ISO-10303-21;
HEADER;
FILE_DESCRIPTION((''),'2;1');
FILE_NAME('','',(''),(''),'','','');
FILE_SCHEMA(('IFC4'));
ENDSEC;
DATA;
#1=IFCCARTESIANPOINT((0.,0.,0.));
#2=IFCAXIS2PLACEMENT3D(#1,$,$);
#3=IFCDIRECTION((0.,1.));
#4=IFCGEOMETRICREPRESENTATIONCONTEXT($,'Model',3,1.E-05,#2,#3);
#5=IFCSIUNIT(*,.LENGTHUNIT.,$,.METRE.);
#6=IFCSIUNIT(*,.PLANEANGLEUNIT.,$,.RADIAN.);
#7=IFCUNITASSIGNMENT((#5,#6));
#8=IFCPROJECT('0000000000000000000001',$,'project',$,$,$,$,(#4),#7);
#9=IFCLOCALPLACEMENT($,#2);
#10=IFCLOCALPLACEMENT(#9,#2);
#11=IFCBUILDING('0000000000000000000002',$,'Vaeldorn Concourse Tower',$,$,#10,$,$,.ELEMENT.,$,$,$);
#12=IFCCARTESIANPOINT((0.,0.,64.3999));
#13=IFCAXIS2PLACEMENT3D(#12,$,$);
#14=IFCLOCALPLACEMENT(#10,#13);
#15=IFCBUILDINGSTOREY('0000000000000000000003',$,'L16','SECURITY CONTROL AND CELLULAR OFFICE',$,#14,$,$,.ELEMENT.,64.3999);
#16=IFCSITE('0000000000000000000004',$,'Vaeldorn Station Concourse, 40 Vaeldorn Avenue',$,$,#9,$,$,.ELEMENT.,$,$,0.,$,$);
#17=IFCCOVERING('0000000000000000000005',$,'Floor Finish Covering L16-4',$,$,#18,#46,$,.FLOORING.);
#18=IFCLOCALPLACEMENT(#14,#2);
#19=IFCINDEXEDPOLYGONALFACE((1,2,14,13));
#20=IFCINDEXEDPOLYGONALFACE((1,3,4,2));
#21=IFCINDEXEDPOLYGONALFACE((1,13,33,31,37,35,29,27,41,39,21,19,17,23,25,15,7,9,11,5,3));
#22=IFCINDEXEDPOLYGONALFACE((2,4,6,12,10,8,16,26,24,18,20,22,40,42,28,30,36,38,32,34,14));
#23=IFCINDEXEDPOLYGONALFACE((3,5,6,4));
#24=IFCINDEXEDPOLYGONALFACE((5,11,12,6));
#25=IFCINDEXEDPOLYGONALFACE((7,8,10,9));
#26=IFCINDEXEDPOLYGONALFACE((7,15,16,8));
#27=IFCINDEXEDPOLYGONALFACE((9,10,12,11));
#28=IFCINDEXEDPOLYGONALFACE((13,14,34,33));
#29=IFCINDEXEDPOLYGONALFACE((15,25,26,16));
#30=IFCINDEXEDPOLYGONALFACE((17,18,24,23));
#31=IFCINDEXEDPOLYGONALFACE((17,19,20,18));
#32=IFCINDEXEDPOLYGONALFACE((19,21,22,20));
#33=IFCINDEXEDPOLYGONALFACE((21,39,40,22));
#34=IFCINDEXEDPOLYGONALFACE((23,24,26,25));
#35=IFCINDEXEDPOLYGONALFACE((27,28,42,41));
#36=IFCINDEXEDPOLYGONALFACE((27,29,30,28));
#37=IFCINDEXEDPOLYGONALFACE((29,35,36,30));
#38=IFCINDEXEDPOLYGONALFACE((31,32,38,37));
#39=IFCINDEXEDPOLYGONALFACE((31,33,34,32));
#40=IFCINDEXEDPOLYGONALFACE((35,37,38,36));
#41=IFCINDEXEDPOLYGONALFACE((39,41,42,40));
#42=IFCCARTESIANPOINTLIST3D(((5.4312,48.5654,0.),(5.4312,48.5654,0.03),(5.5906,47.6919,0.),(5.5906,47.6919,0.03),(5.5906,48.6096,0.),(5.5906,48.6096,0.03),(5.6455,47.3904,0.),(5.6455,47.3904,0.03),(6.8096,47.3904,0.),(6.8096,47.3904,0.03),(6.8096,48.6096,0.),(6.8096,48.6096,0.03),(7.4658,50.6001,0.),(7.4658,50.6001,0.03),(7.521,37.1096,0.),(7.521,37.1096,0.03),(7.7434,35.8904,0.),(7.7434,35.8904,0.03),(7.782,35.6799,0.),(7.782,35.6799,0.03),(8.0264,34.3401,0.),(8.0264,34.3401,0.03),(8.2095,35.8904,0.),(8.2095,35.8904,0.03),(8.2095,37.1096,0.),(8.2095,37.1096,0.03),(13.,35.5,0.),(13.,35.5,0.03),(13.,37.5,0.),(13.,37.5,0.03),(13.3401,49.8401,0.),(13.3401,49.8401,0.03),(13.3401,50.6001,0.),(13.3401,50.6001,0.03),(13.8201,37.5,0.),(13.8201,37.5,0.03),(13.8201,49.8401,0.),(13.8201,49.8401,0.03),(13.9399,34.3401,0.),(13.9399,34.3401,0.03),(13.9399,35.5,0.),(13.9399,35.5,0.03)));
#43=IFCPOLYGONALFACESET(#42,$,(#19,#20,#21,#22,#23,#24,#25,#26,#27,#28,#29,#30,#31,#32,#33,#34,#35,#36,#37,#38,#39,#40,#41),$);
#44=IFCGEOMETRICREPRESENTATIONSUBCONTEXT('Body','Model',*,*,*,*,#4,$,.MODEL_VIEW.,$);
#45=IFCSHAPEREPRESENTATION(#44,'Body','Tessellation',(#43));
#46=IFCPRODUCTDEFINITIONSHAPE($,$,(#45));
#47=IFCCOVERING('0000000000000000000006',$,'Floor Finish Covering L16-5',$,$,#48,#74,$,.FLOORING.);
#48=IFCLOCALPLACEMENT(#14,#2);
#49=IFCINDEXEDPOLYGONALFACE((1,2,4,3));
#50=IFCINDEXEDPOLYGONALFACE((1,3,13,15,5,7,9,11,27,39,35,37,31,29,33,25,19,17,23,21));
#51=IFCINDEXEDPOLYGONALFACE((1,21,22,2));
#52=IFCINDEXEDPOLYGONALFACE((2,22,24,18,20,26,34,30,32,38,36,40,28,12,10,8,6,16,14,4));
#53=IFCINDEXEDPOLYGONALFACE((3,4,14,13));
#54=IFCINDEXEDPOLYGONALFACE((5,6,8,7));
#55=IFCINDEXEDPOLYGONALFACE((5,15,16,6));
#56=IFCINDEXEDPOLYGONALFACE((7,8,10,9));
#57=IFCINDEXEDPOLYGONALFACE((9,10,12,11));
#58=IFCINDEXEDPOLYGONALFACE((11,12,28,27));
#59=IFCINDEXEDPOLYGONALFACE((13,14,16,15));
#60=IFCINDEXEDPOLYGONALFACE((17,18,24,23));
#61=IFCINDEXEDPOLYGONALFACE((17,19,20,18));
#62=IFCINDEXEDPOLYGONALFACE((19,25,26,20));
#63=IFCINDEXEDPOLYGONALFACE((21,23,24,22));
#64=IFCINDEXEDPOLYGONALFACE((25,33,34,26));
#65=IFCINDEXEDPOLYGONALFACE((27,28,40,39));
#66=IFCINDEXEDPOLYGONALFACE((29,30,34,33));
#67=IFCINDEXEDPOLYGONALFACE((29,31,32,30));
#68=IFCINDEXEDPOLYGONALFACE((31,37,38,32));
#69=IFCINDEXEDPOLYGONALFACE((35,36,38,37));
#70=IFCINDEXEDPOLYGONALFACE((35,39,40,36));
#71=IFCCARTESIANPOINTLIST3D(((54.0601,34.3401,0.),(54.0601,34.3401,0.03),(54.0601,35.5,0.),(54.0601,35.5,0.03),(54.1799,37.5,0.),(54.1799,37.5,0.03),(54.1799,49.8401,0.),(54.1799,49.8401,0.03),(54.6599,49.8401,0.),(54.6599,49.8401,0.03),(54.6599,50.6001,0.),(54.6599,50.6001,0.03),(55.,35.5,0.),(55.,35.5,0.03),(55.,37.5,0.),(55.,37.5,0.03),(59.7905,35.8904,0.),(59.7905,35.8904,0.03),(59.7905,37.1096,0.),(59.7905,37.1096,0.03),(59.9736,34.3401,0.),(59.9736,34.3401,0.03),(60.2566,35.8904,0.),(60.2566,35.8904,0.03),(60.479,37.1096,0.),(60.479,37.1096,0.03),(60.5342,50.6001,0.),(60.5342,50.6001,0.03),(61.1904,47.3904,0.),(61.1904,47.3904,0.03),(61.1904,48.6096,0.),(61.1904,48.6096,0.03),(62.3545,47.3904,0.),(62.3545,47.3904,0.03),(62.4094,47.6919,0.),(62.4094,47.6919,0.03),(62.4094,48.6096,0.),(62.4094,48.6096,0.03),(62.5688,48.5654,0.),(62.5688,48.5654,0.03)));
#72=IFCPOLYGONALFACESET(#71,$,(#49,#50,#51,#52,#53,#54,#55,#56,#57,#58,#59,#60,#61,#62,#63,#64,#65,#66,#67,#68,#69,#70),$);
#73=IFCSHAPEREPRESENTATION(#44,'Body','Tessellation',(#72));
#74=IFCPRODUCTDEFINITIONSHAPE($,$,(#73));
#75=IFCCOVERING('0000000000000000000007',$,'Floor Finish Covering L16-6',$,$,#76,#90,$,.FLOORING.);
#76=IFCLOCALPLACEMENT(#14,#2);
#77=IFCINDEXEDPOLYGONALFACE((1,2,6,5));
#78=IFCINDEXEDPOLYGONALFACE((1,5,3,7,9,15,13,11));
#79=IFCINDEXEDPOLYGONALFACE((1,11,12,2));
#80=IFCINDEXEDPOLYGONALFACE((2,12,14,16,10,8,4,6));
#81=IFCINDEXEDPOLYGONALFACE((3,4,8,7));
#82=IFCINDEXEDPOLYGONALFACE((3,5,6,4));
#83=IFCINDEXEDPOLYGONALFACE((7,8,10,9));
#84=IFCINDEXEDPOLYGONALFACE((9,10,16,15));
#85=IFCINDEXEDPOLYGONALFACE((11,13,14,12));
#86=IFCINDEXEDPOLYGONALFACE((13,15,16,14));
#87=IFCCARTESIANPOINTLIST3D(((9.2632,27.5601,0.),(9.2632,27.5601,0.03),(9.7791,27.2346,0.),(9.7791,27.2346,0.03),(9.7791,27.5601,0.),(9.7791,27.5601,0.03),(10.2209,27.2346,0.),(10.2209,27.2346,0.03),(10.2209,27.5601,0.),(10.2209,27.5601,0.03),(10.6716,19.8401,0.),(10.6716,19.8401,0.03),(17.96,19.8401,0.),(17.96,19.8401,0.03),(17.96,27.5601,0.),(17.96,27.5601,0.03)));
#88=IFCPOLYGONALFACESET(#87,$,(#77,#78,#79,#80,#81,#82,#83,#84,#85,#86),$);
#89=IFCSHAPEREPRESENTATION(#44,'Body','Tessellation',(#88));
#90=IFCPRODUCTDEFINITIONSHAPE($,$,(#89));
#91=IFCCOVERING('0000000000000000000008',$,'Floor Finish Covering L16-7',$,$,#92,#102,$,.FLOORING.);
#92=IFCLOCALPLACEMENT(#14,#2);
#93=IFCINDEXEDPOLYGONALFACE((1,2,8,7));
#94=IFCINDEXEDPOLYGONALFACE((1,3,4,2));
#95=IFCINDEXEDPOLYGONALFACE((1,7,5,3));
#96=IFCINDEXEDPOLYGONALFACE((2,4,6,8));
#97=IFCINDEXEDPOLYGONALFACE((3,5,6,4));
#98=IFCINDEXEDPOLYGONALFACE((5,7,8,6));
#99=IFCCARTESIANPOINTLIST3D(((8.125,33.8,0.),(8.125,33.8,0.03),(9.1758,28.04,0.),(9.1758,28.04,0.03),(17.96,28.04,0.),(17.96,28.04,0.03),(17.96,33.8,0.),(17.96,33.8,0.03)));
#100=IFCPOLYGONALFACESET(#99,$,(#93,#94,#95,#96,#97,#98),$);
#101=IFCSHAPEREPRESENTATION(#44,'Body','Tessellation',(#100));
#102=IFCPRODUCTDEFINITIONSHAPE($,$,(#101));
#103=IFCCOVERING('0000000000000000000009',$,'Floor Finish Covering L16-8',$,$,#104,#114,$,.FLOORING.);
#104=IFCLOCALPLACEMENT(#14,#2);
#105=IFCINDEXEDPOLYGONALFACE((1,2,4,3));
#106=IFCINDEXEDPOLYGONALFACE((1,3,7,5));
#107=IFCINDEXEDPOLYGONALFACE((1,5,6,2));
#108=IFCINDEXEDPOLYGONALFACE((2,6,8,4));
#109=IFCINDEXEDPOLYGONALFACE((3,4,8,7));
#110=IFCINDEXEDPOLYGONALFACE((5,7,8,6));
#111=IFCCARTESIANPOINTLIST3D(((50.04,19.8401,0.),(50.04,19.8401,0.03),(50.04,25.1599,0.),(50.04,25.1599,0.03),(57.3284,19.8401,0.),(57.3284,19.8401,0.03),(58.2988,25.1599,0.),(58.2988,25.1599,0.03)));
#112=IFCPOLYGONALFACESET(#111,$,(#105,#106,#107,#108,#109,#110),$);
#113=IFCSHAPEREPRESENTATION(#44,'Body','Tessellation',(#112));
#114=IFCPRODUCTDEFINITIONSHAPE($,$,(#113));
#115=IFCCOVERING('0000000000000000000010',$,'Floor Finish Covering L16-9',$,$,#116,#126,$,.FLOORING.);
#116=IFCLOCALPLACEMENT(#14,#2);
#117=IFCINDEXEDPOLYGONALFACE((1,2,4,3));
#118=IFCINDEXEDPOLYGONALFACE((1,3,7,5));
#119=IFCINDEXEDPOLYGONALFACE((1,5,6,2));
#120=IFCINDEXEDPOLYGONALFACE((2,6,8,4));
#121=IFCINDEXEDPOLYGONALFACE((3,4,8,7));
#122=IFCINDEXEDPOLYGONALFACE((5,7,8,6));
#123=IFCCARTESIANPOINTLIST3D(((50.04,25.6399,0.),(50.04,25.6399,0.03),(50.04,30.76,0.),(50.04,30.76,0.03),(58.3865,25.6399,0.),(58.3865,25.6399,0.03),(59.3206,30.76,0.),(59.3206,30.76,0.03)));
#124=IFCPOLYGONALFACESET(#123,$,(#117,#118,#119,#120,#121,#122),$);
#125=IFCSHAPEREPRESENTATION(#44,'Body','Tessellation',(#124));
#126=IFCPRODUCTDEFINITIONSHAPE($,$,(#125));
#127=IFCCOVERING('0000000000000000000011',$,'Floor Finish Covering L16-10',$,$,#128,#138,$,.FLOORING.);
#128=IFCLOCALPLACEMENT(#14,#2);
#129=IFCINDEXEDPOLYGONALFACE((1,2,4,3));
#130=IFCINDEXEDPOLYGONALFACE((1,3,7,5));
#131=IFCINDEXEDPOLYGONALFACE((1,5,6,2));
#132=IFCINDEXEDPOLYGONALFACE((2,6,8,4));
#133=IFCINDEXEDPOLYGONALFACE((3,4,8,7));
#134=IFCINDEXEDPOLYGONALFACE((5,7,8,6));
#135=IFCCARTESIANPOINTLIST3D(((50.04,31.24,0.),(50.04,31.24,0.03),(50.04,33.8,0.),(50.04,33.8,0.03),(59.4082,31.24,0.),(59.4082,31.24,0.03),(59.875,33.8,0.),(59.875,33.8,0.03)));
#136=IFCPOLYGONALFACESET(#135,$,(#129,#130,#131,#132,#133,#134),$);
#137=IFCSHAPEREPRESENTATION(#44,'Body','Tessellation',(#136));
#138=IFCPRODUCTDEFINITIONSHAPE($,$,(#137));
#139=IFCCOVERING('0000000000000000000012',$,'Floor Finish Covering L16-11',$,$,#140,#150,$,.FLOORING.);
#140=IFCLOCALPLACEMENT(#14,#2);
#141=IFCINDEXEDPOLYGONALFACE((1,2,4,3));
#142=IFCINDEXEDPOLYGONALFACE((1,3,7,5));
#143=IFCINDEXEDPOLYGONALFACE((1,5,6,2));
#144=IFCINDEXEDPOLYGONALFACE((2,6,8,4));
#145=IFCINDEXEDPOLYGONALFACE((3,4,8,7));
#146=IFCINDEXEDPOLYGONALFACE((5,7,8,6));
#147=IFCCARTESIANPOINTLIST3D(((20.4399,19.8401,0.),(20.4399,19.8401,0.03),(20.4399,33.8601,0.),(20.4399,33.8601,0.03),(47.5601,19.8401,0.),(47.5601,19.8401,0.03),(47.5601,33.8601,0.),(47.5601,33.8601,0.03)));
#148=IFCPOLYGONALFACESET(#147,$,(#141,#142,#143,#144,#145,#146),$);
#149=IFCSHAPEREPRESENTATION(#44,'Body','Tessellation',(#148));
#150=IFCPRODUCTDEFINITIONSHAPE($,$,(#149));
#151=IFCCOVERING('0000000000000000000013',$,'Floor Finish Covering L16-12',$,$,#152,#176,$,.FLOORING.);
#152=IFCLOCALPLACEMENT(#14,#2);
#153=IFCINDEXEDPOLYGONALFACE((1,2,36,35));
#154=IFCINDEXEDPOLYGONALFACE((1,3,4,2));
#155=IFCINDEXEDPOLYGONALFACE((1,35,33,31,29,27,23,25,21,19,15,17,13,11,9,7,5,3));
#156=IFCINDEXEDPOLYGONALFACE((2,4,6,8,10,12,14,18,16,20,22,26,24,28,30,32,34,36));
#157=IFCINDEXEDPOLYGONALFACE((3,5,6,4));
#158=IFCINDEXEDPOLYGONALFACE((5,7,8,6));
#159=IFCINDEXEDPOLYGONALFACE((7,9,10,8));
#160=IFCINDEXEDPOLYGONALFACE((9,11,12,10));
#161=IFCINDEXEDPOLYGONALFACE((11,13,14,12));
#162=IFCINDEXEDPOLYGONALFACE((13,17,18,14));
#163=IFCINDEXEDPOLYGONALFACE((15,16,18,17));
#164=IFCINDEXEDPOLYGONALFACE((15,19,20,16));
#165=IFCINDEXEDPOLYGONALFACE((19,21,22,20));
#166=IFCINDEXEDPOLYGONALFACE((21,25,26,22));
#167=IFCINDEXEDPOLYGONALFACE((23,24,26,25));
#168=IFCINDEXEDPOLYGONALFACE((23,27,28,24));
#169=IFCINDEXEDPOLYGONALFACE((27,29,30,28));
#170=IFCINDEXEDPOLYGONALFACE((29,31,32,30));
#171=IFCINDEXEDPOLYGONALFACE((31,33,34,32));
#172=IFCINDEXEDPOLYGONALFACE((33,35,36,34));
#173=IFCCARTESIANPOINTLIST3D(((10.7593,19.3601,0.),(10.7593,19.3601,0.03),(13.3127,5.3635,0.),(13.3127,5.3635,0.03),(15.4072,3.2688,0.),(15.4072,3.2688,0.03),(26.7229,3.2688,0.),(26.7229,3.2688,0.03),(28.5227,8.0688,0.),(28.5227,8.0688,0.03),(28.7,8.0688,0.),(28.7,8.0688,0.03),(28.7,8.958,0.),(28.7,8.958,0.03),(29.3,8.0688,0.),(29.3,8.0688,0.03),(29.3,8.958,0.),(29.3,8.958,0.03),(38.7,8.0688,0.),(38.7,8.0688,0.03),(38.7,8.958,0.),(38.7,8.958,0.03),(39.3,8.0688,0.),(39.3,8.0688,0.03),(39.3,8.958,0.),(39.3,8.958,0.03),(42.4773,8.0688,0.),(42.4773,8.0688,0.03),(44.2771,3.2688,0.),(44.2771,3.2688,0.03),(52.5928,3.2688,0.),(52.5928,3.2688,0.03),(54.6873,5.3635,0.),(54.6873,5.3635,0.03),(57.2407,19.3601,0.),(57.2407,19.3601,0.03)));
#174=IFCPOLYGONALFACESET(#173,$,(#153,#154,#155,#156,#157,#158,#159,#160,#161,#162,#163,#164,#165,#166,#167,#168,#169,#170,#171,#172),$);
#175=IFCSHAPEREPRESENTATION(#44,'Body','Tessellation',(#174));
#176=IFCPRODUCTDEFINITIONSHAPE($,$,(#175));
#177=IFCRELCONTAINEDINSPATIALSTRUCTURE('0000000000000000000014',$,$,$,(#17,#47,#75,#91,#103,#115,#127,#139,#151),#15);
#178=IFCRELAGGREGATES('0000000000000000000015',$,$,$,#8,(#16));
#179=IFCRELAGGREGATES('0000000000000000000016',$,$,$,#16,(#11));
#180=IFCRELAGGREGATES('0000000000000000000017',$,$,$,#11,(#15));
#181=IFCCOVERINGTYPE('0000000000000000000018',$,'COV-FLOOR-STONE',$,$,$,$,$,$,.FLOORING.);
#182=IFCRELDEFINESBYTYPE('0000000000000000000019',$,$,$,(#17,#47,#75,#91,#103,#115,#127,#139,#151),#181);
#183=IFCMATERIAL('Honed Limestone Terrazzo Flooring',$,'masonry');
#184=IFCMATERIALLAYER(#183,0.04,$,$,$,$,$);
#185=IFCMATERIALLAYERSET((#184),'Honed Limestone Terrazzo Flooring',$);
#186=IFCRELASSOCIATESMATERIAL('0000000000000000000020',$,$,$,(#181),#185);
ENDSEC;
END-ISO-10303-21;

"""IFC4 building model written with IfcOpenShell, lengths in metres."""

from ifc_helpers import new_model, si_unit, direction, frame, origin, place, context, subcontext, project, spatial, polyline, outline, extrude, material, layer, layer_set, type_object, element, save


model = new_model("IFC4")

# Units and contexts
model_context = context("Model", 3, precision=1e-05, world=origin(), true_north=direction((0.0, 1.0)))
body_context = subcontext(model_context, "Body", "Model", "MODEL_VIEW")
ifc_project = project(units=[si_unit("LENGTHUNIT", "METRE"), si_unit("PLANEANGLEUNIT", "RADIAN")], contexts=[model_context])

# Site, building, storey
site_placement = place(None, origin())
site = spatial("IfcSite", under=ifc_project, at=site_placement, Name="Vaeldorn Station Concourse, 40 Vaeldorn Avenue", CompositionType="ELEMENT", RefElevation=0.0)
building_placement = place(site_placement, origin())
building = spatial("IfcBuilding", under=site, at=building_placement, Name="Vaeldorn Concourse Tower", CompositionType="ELEMENT")
storey_placement = place(building_placement, frame((0.0, 0.0, 64.3999)))
storey = spatial("IfcBuildingStorey", under=building, at=storey_placement, Name="L16", Description="SECURITY CONTROL AND CELLULAR OFFICE", CompositionType="ELEMENT", Elevation=64.3999)

# Coverings
ifc_material_1 = material(Name="Honed Limestone Terrazzo Flooring", Category="masonry")
ifc_layer_1 = layer(ifc_material_1, 0.04)
ifc_layer_set_1 = layer_set([ifc_layer_1], Name="Honed Limestone Terrazzo Flooring")
covering_type_1 = type_object("IfcCoveringType", Name="COV-FLOOR-STONE", PredefinedType="FLOORING", material=ifc_layer_set_1)
covering_1_placement = place(storey_placement, origin())
element("IfcCovering", 1, at=covering_1_placement, inside=storey, type_object=covering_type_1, Name="Floor Finish Covering L16-4", PredefinedType="FLOORING", context=body_context, shape_type="SweptSolid", body=[
    extrude(outline(polyline([(7.4658, 50.6001), (13.3401, 50.6001), (13.3401, 49.8401), (13.8201, 49.8401), (13.8201, 37.5), (13.0, 37.5), (13.0, 35.5), (13.9399, 35.5), (13.9399, 34.3401), (8.0264, 34.3401), (7.782, 35.6799), (7.782, 35.6799), (7.7434, 35.8904), (8.2095, 35.8904), (8.2095, 37.1096), (7.521, 37.1096), (5.6455, 47.3904), (6.8096, 47.3904), (6.8096, 48.6096), (5.5906, 48.6096), (5.5906, 47.6919), (5.4312, 48.5654), (7.4658, 50.6001)])), origin(), (0.0, 0.0, 1.0), 0.03),
])
covering_2_placement = place(storey_placement, origin())
element("IfcCovering", 2, at=covering_2_placement, inside=storey, type_object=covering_type_1, Name="Floor Finish Covering L16-5", PredefinedType="FLOORING", context=body_context, shape_type="SweptSolid", body=[
    extrude(outline(polyline([(54.1799, 49.8401), (54.6599, 49.8401), (54.6599, 50.6001), (60.5342, 50.6001), (62.5688, 48.5654), (62.4094, 47.6919), (62.4094, 48.6096), (61.1904, 48.6096), (61.1904, 47.3904), (62.3545, 47.3904), (60.479, 37.1096), (59.7905, 37.1096), (59.7905, 35.8904), (60.2566, 35.8904), (59.9736, 34.3401), (54.0601, 34.3401), (54.0601, 35.5), (55.0, 35.5), (55.0, 37.5), (54.1799, 37.5), (54.1799, 49.8401)])), origin(), (0.0, 0.0, 1.0), 0.03),
])
covering_3_placement = place(storey_placement, origin())
element("IfcCovering", 3, at=covering_3_placement, inside=storey, type_object=covering_type_1, Name="Floor Finish Covering L16-6", PredefinedType="FLOORING", context=body_context, shape_type="SweptSolid", body=[
    extrude(outline(polyline([(9.7791, 27.5601), (9.7791, 27.2346), (10.2209, 27.2346), (10.2209, 27.5601), (17.96, 27.5601), (17.96, 19.8401), (10.6716, 19.8401), (9.2632, 27.5601), (9.7791, 27.5601)])), origin(), (0.0, 0.0, 1.0), 0.03),
])
covering_4_placement = place(storey_placement, origin())
element("IfcCovering", 4, at=covering_4_placement, inside=storey, type_object=covering_type_1, Name="Floor Finish Covering L16-7", PredefinedType="FLOORING", context=body_context, shape_type="SweptSolid", body=[
    extrude(outline(polyline([(17.96, 33.8), (17.96, 28.04), (9.1758, 28.04), (8.125, 33.8), (17.96, 33.8)])), origin(), (0.0, 0.0, 1.0), 0.03),
])
covering_5_placement = place(storey_placement, origin())
element("IfcCovering", 5, at=covering_5_placement, inside=storey, type_object=covering_type_1, Name="Floor Finish Covering L16-8", PredefinedType="FLOORING", context=body_context, shape_type="SweptSolid", body=[
    extrude(outline(polyline([(50.04, 19.8401), (50.04, 25.1599), (58.2988, 25.1599), (57.3284, 19.8401), (50.04, 19.8401)])), origin(), (0.0, 0.0, 1.0), 0.03),
])
covering_6_placement = place(storey_placement, origin())
element("IfcCovering", 6, at=covering_6_placement, inside=storey, type_object=covering_type_1, Name="Floor Finish Covering L16-9", PredefinedType="FLOORING", context=body_context, shape_type="SweptSolid", body=[
    extrude(outline(polyline([(50.04, 25.6399), (50.04, 30.76), (59.3206, 30.76), (58.3865, 25.6399), (50.04, 25.6399)])), origin(), (0.0, 0.0, 1.0), 0.03),
])
covering_7_placement = place(storey_placement, origin())
element("IfcCovering", 7, at=covering_7_placement, inside=storey, type_object=covering_type_1, Name="Floor Finish Covering L16-10", PredefinedType="FLOORING", context=body_context, shape_type="SweptSolid", body=[
    extrude(outline(polyline([(50.04, 31.24), (50.04, 33.8), (59.875, 33.8), (59.4082, 31.24), (50.04, 31.24)])), origin(), (0.0, 0.0, 1.0), 0.03),
])
covering_8_placement = place(storey_placement, origin())
element("IfcCovering", 8, at=covering_8_placement, inside=storey, type_object=covering_type_1, Name="Floor Finish Covering L16-11", PredefinedType="FLOORING", context=body_context, shape_type="SweptSolid", body=[
    extrude(outline(polyline([(20.4399, 33.8601), (47.5601, 33.8601), (47.5601, 19.8401), (20.4399, 19.8401), (20.4399, 33.8601)])), origin(), (0.0, 0.0, 1.0), 0.03),
])
covering_9_placement = place(storey_placement, origin())
element("IfcCovering", 9, at=covering_9_placement, inside=storey, type_object=covering_type_1, Name="Floor Finish Covering L16-12", PredefinedType="FLOORING", context=body_context, shape_type="SweptSolid", body=[
    extrude(outline(polyline([(57.2407, 19.3601), (54.6873, 5.3635), (52.5928, 3.2688), (44.2771, 3.2688), (42.4773, 8.0688), (39.3, 8.0688), (39.3, 8.958), (38.7, 8.958), (38.7, 8.0688), (29.3, 8.0688), (29.3, 8.958), (28.7, 8.958), (28.7, 8.0688), (28.5227, 8.0688), (26.7229, 3.2688), (15.4072, 3.2688), (13.3127, 5.3635), (10.7593, 19.3601), (57.2407, 19.3601)])), origin(), (0.0, 0.0, 1.0), 0.03),
])

save(model, "model.ifc")
